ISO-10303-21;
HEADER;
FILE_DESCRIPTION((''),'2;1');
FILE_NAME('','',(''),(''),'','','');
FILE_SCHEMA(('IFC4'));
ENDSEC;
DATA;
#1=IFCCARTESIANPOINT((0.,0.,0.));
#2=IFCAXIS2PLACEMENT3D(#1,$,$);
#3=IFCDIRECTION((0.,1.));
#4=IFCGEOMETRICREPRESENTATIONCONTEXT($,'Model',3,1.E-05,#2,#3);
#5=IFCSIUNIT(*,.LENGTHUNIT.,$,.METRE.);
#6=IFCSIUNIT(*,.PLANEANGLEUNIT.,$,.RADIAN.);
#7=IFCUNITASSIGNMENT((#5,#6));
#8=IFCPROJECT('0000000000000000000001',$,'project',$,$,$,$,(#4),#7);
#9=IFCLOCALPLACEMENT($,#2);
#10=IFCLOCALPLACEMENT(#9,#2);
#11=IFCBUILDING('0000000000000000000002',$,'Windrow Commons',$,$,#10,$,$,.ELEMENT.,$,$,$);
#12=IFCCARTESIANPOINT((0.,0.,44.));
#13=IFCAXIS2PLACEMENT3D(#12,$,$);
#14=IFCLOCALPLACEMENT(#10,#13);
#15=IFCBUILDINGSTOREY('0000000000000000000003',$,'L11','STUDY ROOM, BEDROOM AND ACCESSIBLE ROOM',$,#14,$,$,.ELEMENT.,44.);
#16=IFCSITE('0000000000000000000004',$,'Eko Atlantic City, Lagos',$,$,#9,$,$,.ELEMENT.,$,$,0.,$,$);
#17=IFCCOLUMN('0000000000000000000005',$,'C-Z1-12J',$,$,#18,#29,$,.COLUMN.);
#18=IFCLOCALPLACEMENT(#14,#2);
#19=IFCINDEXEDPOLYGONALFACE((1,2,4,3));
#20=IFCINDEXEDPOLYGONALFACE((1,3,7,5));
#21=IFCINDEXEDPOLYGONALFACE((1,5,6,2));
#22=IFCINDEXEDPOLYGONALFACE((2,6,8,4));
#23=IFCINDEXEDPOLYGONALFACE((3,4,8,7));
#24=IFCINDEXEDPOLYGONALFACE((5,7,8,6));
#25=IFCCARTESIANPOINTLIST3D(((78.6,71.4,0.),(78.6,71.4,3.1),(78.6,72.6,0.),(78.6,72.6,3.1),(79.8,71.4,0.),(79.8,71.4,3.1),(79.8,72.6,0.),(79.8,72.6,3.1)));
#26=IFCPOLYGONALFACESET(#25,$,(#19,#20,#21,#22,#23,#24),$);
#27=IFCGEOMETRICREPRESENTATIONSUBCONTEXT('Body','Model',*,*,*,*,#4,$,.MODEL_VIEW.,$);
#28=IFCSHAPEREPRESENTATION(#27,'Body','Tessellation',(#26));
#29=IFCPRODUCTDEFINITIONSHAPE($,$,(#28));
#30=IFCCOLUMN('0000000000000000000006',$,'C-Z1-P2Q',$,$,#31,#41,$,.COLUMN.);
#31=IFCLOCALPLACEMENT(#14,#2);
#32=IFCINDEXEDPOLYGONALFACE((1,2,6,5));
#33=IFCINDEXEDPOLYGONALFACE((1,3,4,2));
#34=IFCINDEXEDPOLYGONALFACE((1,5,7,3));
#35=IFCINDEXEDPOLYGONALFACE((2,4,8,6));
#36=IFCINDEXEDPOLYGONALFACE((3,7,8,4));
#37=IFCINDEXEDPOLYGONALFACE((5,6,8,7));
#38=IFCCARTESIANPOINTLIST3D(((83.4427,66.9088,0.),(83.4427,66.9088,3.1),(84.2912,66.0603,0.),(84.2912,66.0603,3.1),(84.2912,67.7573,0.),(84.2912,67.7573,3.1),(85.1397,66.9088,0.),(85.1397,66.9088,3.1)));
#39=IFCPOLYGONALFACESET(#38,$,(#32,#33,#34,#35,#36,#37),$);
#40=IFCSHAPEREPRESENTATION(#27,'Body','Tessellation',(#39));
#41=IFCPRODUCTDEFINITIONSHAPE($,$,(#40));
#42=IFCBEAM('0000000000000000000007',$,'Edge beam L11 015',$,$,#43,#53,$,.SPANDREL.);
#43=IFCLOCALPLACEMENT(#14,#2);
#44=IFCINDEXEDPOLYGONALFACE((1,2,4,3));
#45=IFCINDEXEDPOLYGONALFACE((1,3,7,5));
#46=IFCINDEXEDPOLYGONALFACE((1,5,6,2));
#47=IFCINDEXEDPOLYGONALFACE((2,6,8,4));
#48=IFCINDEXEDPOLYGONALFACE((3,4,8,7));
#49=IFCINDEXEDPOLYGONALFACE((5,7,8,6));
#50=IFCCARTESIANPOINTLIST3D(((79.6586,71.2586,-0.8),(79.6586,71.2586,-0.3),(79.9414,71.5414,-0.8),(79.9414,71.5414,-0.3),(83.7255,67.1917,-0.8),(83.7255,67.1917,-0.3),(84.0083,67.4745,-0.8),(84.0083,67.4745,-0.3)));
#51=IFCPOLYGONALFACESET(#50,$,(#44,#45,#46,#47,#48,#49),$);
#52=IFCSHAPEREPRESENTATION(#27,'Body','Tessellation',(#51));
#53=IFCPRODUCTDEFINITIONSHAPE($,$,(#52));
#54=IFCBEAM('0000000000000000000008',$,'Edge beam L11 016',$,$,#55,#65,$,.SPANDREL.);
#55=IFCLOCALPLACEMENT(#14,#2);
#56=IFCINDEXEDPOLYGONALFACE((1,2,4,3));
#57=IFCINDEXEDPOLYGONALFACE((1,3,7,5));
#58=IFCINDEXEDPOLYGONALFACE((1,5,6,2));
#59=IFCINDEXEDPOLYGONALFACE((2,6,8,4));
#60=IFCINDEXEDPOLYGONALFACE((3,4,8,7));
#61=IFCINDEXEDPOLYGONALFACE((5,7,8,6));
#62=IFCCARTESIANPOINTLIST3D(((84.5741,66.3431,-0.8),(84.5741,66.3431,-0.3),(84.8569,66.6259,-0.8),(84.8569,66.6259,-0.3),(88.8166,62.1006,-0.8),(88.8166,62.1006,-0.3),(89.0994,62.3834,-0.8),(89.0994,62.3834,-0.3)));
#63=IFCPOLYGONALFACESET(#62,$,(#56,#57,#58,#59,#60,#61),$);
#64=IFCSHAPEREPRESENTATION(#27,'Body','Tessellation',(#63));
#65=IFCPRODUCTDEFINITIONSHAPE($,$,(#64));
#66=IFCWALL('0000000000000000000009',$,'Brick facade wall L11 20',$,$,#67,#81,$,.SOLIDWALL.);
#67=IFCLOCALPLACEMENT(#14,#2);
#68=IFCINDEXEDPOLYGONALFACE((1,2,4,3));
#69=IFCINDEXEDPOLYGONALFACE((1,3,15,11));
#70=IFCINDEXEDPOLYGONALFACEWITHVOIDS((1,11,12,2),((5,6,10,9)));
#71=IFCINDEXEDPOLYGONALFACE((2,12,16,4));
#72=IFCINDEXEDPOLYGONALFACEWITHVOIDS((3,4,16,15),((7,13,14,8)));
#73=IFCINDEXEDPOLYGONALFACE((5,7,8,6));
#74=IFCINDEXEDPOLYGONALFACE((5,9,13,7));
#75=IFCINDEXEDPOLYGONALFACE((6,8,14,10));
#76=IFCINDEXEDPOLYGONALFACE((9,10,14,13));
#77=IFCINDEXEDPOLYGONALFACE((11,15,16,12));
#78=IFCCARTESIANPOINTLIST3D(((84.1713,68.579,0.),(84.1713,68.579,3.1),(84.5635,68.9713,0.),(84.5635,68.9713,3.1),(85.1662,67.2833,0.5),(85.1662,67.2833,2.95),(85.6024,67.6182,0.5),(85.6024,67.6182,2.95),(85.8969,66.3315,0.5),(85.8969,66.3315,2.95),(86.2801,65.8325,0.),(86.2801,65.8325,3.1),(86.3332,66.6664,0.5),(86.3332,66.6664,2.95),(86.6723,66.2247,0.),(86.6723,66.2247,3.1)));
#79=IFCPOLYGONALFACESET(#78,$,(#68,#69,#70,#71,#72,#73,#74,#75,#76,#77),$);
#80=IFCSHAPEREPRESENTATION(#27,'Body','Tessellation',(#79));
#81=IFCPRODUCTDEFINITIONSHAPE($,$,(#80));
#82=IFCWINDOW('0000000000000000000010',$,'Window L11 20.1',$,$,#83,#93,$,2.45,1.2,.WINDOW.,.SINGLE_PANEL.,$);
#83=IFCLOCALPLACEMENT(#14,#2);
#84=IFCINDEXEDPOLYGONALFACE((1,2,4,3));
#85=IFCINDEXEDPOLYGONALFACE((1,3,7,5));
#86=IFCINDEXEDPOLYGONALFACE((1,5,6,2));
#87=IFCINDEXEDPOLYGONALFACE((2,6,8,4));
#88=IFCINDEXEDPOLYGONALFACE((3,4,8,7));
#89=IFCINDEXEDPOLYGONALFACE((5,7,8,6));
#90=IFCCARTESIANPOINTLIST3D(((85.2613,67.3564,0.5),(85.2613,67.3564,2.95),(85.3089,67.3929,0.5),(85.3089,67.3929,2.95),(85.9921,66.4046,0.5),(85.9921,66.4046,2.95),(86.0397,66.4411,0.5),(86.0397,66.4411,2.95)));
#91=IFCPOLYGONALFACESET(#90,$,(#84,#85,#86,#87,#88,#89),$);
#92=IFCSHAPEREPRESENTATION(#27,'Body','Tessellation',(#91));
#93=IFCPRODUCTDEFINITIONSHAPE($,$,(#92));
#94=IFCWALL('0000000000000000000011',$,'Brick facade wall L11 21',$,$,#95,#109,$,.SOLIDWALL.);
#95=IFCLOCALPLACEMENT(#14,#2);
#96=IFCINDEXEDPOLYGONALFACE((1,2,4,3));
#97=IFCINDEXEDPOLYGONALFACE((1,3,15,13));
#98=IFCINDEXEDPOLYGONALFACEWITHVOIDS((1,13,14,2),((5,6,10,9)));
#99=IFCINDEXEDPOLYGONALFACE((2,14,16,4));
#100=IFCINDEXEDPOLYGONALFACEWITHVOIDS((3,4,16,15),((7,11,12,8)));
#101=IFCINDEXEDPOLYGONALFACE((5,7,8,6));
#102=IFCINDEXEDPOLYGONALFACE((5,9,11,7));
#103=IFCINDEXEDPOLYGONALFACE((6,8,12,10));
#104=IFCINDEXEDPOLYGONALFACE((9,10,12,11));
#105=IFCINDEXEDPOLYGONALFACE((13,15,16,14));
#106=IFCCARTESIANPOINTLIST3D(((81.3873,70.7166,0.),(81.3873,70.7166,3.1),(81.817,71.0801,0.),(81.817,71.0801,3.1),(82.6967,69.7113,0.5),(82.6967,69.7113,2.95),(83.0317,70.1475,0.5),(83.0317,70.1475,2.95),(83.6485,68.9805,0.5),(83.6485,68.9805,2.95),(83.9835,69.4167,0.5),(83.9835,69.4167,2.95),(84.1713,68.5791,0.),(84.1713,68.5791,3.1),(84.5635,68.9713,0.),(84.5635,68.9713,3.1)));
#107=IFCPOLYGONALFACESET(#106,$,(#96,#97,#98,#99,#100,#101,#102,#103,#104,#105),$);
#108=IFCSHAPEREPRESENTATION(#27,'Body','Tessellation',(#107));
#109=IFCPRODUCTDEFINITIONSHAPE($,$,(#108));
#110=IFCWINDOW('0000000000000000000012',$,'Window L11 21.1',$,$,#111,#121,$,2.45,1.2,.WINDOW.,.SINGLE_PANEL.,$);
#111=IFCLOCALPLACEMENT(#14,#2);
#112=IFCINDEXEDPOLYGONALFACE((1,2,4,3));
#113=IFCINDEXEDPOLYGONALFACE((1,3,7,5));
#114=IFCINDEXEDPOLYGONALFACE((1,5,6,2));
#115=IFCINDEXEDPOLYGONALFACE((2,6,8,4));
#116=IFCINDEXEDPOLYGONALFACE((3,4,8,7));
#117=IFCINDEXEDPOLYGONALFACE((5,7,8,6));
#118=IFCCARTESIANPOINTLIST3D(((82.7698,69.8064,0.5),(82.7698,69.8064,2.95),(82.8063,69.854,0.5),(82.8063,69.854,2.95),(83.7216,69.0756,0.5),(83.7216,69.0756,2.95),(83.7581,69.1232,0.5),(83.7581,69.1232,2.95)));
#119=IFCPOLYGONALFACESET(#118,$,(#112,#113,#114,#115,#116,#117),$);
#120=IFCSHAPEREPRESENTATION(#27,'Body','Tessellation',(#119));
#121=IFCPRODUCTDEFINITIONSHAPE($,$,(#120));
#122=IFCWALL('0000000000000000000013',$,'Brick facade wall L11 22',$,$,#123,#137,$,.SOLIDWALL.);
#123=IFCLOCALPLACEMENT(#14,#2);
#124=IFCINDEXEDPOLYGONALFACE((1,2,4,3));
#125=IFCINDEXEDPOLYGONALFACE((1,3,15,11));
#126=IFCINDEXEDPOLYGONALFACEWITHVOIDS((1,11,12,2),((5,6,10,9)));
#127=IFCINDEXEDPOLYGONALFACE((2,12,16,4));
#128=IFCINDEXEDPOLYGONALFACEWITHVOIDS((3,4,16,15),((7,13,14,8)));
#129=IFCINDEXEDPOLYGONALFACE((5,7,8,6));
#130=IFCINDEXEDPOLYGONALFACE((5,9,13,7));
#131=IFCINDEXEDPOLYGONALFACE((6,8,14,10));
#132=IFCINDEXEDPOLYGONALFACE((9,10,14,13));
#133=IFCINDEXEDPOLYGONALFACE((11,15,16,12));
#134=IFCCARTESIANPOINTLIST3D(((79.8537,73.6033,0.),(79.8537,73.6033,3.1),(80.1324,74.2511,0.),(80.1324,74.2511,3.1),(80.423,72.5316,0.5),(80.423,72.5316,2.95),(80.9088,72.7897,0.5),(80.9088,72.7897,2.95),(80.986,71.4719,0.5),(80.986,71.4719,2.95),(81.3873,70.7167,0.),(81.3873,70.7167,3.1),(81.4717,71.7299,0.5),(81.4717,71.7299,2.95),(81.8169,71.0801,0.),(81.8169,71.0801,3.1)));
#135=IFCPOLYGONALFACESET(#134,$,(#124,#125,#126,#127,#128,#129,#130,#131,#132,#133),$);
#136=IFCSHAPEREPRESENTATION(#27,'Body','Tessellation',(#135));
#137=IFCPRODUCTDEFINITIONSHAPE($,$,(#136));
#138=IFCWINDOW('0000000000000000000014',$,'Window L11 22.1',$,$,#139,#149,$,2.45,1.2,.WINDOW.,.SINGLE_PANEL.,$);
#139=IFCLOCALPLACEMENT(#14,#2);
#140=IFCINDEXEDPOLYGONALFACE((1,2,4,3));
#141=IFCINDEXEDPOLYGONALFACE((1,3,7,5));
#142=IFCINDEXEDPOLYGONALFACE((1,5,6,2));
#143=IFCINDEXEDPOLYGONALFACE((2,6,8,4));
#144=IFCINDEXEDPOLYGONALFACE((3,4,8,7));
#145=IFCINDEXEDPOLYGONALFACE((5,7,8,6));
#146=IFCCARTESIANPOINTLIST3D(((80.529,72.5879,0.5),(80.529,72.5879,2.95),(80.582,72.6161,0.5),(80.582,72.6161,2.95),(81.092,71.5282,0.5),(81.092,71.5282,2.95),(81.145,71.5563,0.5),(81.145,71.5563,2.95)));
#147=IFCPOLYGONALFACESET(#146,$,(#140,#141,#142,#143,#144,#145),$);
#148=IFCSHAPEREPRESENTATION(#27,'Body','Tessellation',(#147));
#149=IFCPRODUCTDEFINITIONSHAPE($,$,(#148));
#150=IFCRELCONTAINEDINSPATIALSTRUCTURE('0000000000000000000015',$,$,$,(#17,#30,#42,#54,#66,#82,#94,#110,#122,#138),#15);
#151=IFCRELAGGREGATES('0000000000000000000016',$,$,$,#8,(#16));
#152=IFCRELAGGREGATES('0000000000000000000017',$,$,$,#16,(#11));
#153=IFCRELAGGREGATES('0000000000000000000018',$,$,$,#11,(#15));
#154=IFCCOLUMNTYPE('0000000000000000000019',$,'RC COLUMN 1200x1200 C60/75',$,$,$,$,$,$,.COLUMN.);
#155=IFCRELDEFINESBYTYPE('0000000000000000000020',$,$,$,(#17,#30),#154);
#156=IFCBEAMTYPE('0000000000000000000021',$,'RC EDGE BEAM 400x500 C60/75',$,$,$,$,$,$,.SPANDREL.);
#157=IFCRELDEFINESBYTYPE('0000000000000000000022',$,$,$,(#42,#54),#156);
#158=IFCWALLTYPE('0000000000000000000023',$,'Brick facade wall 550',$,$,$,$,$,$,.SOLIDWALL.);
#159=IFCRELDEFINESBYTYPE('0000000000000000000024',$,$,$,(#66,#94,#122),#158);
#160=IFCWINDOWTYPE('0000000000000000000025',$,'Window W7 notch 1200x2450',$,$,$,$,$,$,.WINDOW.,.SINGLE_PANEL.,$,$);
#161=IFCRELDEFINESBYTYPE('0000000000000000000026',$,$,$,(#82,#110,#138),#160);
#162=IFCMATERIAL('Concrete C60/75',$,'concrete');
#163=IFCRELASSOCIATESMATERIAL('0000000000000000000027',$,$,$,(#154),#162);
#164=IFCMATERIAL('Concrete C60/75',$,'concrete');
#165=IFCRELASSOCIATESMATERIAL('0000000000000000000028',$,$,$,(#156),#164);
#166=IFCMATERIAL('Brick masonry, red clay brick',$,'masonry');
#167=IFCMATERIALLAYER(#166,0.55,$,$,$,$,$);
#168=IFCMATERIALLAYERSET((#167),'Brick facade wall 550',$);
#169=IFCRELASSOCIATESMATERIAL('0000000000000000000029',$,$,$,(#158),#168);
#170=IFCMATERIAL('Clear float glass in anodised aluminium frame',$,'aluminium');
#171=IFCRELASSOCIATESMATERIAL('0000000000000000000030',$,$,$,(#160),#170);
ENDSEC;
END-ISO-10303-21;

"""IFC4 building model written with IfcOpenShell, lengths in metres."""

from ifc_helpers import new_model, si_unit, direction, frame, frame_2d, origin, origin_2d, place, context, subcontext, project, spatial, polyline, rectangle, outline, extrude, material, layer, layer_set, material_profile, profile_set, type_object, element, fill, save


model = new_model("IFC4")

# Units and contexts
model_context = context("Model", 3, precision=1e-05, world=origin(), true_north=direction((0.0, 1.0)))
body_context = subcontext(model_context, "Body", "Model", "MODEL_VIEW")
ifc_project = project(units=[si_unit("LENGTHUNIT", "METRE"), si_unit("PLANEANGLEUNIT", "RADIAN")], contexts=[model_context])

# Site, building, storey
site_placement = place(None, origin())
site = spatial("IfcSite", under=ifc_project, at=site_placement, Name="Eko Atlantic City, Lagos", CompositionType="ELEMENT", RefElevation=0.0)
building_placement = place(site_placement, origin())
building = spatial("IfcBuilding", under=site, at=building_placement, Name="Windrow Commons", CompositionType="ELEMENT")
storey_placement = place(building_placement, frame((0.0, 0.0, 44.0)))
storey = spatial("IfcBuildingStorey", under=building, at=storey_placement, Name="L11", Description="STUDY ROOM, BEDROOM AND ACCESSIBLE ROOM", CompositionType="ELEMENT", Elevation=44.0)

# Columns
ifc_material_1 = material(Name="Concrete C60/75", Category="concrete")
ifc_material_profile_1 = material_profile(ifc_material_1, rectangle(XDim=1.2, YDim=1.2, at=origin_2d()))
ifc_profile_set_1 = profile_set([ifc_material_profile_1], Name="Concrete C60/75")
column_type = type_object("IfcColumnType", Name="RC COLUMN 1200x1200 C60/75", PredefinedType="COLUMN", material=ifc_profile_set_1)
for number, where, z_axis, x_axis, name in (
    (1, (79.2, 72.0, 0.0), (0.0, 0.0, 1.0), (1.0, 0.0, 0.0), "C-Z1-12J"),
    (2, (84.2912, 66.9088, 0.0), (0.0, 0.0, 1.0), (0.707107, -0.707107, 0.0), "C-Z1-P2Q"),
):
    element("IfcColumn", number, at=place(storey_placement, frame(where, z_axis=z_axis, x_axis=x_axis)), inside=storey, type_object=column_type, Name=name, PredefinedType="COLUMN", context=body_context, shape_type="SweptSolid", body=[
        extrude(rectangle(XDim=1.2, YDim=1.2, at=origin_2d()), origin(), (0.0, 0.0, 1.0), 3.1),
    ])

# Beams
ifc_material_2 = material(Name="Concrete C60/75", Category="concrete")
ifc_material_profile_2 = material_profile(ifc_material_2, rectangle(XDim=0.4, YDim=0.5, at=origin_2d()))
ifc_profile_set_2 = profile_set([ifc_material_profile_2], Name="Concrete C60/75")
beam_type = type_object("IfcBeamType", Name="RC EDGE BEAM 400x500 C60/75", PredefinedType="SPANDREL", material=ifc_profile_set_2)
beam_1_placement = place(storey_placement, frame((79.8, 71.4, -0.55), z_axis=(0.707107, -0.707107, 0.0), x_axis=(0.707107, 0.707107, 0.0)))
element("IfcBeam", 3, at=beam_1_placement, inside=storey, type_object=beam_type, Name="Edge beam L11 015", PredefinedType="SPANDREL", context=body_context, shape_type="SweptSolid", body=[
    extrude(rectangle(XDim=0.4, YDim=0.5, at=origin_2d()), origin(), (0.0, 0.0, 1.0), 5.7515),
])
beam_2_placement = place(storey_placement, frame((84.7155, 66.4845, -0.55), z_axis=(0.707107, -0.707107, 0.0), x_axis=(0.707107, 0.707107, 0.0)))
element("IfcBeam", 4, at=beam_2_placement, inside=storey, type_object=beam_type, Name="Edge beam L11 016", PredefinedType="SPANDREL", context=body_context, shape_type="SweptSolid", body=[
    extrude(rectangle(XDim=0.4, YDim=0.5, at=origin_2d()), origin(), (0.0, 0.0, 1.0), 5.9998),
])

# Walls, openings, windows
ifc_material_3 = material(Name="Brick masonry, red clay brick", Category="masonry")
ifc_layer_1 = layer(ifc_material_3, 0.55)
ifc_layer_set_1 = layer_set([ifc_layer_1], Name="Brick facade wall 550")
wall_type_1 = type_object("IfcWallType", Name="Brick facade wall 550", PredefinedType="SOLIDWALL", material=ifc_layer_set_1)
wall_1_placement = place(storey_placement, frame((86.4762, 66.0286, 0.0), z_axis=(0.0, 0.0, 1.0), x_axis=(-0.60899, 0.793178, 0.0)))
wall_1 = element("IfcWall", 5, at=wall_1_placement, inside=storey, type_object=wall_type_1, Name="Brick facade wall L11 20", PredefinedType="SOLIDWALL", context=body_context, shape_type="SweptSolid", body=[
    extrude(outline(polyline([(0.0361, -0.275), (3.4989, -0.275), (3.4266, 0.275), (-0.0361, 0.275), (0.0361, -0.275)])), origin(), (0.0, 0.0, 1.0), 3.1),
])
opening_1_placement = place(wall_1_placement, frame((0.593, 0.0, 0.5)))
opening_1 = element("IfcOpeningElement", 6, at=opening_1_placement, cuts=wall_1, PredefinedType="OPENING", context=body_context, shape_type="SweptSolid", body=[
    extrude(rectangle(XDim=1.2, YDim=2.45, at=frame_2d((0.6, 1.225))), frame((0.0, 0.285, 0.0), z_axis=(0.0, -1.0, 0.0), x_axis=(1.0, 0.0, 0.0)), (0.0, 0.0, 1.0), 0.57),
])
ifc_material_4 = material(Name="Clear float glass in anodised aluminium frame", Category="aluminium")
window_type = type_object("IfcWindowType", Name="Window W7 notch 1200x2450", PartitioningType="SINGLE_PANEL", PredefinedType="WINDOW", material=ifc_material_4)
window_1_placement = place(opening_1_placement, origin())
window_1 = element("IfcWindow", 7, at=window_1_placement, inside=storey, type_object=window_type, Name="Window L11 20.1", OverallHeight=2.45, OverallWidth=1.2, PartitioningType="SINGLE_PANEL", PredefinedType="WINDOW", context=body_context, shape_type="SweptSolid", body=[
    extrude(rectangle(XDim=1.2, YDim=2.45, at=frame_2d((0.6, 1.225))), frame((0.0, 0.155, 0.0), z_axis=(0.0, -1.0, 0.0), x_axis=(1.0, 0.0, 0.0)), (0.0, 0.0, 1.0), 0.06),
])
fill(opening_1, window_1)
wall_2_placement = place(storey_placement, frame((84.3674, 68.7752, 0.0), z_axis=(0.0, 0.0, 1.0), x_axis=(-0.793172, 0.608998, 0.0)))
wall_2 = element("IfcWall", 8, at=wall_2_placement, inside=storey, type_object=wall_type_1, Name="Brick facade wall L11 21", PredefinedType="SOLIDWALL", context=body_context, shape_type="SweptSolid", body=[
    extrude(outline(polyline([(-0.0361, -0.275), (3.4266, -0.275), (3.5461, 0.275), (0.0361, 0.275), (-0.0361, -0.275)])), origin(), (0.0, 0.0, 1.0), 3.1),
])
opening_2_placement = place(wall_2_placement, frame((0.6952, 0.0, 0.5)))
opening_2 = element("IfcOpeningElement", 9, at=opening_2_placement, cuts=wall_2, PredefinedType="OPENING", context=body_context, shape_type="SweptSolid", body=[
    extrude(rectangle(XDim=1.2, YDim=2.45, at=frame_2d((0.6, 1.225))), frame((0.0, 0.285, 0.0), z_axis=(0.0, -1.0, 0.0), x_axis=(1.0, 0.0, 0.0)), (0.0, 0.0, 1.0), 0.57),
])
window_2_placement = place(opening_2_placement, origin())
window_2 = element("IfcWindow", 10, at=window_2_placement, inside=storey, type_object=window_type, Name="Window L11 21.1", OverallHeight=2.45, OverallWidth=1.2, PartitioningType="SINGLE_PANEL", PredefinedType="WINDOW", context=body_context, shape_type="SweptSolid", body=[
    extrude(rectangle(XDim=1.2, YDim=2.45, at=frame_2d((0.6, 1.225))), frame((0.0, 0.155, 0.0), z_axis=(0.0, -1.0, 0.0), x_axis=(1.0, 0.0, 0.0)), (0.0, 0.0, 1.0), 0.06),
])
fill(opening_2, window_2)
wall_3_placement = place(storey_placement, frame((81.6021, 70.8984, 0.0), z_axis=(0.0, 0.0, 1.0), x_axis=(-0.469156, 0.883115, 0.0)))
wall_3 = element("IfcWall", 11, at=wall_3_placement, inside=storey, type_object=wall_type_1, Name="Brick facade wall L11 22", PredefinedType="SOLIDWALL", context=body_context, shape_type="SweptSolid", body=[
    extrude(outline(polyline([(0.0597, -0.275), (3.6503, -0.275), (3.209, 0.275), (-0.0597, 0.275), (0.0597, -0.275)])), origin(), (0.0, 0.0, 1.0), 3.1),
])
opening_3_placement = place(wall_3_placement, frame((0.7955, 0.0, 0.5)))
opening_3 = element("IfcOpeningElement", 12, at=opening_3_placement, cuts=wall_3, PredefinedType="OPENING", context=body_context, shape_type="SweptSolid", body=[
    extrude(rectangle(XDim=1.2, YDim=2.45, at=frame_2d((0.6, 1.225))), frame((0.0, 0.285, 0.0), z_axis=(0.0, -1.0, 0.0), x_axis=(1.0, 0.0, 0.0)), (0.0, 0.0, 1.0), 0.57),
])
window_3_placement = place(opening_3_placement, origin())
window_3 = element("IfcWindow", 13, at=window_3_placement, inside=storey, type_object=window_type, Name="Window L11 22.1", OverallHeight=2.45, OverallWidth=1.2, PartitioningType="SINGLE_PANEL", PredefinedType="WINDOW", context=body_context, shape_type="SweptSolid", body=[
    extrude(rectangle(XDim=1.2, YDim=2.45, at=frame_2d((0.6, 1.225))), frame((0.0, 0.155, 0.0), z_axis=(0.0, -1.0, 0.0), x_axis=(1.0, 0.0, 0.0)), (0.0, 0.0, 1.0), 0.06),
])
fill(opening_3, window_3)

save(model, "model.ifc")
